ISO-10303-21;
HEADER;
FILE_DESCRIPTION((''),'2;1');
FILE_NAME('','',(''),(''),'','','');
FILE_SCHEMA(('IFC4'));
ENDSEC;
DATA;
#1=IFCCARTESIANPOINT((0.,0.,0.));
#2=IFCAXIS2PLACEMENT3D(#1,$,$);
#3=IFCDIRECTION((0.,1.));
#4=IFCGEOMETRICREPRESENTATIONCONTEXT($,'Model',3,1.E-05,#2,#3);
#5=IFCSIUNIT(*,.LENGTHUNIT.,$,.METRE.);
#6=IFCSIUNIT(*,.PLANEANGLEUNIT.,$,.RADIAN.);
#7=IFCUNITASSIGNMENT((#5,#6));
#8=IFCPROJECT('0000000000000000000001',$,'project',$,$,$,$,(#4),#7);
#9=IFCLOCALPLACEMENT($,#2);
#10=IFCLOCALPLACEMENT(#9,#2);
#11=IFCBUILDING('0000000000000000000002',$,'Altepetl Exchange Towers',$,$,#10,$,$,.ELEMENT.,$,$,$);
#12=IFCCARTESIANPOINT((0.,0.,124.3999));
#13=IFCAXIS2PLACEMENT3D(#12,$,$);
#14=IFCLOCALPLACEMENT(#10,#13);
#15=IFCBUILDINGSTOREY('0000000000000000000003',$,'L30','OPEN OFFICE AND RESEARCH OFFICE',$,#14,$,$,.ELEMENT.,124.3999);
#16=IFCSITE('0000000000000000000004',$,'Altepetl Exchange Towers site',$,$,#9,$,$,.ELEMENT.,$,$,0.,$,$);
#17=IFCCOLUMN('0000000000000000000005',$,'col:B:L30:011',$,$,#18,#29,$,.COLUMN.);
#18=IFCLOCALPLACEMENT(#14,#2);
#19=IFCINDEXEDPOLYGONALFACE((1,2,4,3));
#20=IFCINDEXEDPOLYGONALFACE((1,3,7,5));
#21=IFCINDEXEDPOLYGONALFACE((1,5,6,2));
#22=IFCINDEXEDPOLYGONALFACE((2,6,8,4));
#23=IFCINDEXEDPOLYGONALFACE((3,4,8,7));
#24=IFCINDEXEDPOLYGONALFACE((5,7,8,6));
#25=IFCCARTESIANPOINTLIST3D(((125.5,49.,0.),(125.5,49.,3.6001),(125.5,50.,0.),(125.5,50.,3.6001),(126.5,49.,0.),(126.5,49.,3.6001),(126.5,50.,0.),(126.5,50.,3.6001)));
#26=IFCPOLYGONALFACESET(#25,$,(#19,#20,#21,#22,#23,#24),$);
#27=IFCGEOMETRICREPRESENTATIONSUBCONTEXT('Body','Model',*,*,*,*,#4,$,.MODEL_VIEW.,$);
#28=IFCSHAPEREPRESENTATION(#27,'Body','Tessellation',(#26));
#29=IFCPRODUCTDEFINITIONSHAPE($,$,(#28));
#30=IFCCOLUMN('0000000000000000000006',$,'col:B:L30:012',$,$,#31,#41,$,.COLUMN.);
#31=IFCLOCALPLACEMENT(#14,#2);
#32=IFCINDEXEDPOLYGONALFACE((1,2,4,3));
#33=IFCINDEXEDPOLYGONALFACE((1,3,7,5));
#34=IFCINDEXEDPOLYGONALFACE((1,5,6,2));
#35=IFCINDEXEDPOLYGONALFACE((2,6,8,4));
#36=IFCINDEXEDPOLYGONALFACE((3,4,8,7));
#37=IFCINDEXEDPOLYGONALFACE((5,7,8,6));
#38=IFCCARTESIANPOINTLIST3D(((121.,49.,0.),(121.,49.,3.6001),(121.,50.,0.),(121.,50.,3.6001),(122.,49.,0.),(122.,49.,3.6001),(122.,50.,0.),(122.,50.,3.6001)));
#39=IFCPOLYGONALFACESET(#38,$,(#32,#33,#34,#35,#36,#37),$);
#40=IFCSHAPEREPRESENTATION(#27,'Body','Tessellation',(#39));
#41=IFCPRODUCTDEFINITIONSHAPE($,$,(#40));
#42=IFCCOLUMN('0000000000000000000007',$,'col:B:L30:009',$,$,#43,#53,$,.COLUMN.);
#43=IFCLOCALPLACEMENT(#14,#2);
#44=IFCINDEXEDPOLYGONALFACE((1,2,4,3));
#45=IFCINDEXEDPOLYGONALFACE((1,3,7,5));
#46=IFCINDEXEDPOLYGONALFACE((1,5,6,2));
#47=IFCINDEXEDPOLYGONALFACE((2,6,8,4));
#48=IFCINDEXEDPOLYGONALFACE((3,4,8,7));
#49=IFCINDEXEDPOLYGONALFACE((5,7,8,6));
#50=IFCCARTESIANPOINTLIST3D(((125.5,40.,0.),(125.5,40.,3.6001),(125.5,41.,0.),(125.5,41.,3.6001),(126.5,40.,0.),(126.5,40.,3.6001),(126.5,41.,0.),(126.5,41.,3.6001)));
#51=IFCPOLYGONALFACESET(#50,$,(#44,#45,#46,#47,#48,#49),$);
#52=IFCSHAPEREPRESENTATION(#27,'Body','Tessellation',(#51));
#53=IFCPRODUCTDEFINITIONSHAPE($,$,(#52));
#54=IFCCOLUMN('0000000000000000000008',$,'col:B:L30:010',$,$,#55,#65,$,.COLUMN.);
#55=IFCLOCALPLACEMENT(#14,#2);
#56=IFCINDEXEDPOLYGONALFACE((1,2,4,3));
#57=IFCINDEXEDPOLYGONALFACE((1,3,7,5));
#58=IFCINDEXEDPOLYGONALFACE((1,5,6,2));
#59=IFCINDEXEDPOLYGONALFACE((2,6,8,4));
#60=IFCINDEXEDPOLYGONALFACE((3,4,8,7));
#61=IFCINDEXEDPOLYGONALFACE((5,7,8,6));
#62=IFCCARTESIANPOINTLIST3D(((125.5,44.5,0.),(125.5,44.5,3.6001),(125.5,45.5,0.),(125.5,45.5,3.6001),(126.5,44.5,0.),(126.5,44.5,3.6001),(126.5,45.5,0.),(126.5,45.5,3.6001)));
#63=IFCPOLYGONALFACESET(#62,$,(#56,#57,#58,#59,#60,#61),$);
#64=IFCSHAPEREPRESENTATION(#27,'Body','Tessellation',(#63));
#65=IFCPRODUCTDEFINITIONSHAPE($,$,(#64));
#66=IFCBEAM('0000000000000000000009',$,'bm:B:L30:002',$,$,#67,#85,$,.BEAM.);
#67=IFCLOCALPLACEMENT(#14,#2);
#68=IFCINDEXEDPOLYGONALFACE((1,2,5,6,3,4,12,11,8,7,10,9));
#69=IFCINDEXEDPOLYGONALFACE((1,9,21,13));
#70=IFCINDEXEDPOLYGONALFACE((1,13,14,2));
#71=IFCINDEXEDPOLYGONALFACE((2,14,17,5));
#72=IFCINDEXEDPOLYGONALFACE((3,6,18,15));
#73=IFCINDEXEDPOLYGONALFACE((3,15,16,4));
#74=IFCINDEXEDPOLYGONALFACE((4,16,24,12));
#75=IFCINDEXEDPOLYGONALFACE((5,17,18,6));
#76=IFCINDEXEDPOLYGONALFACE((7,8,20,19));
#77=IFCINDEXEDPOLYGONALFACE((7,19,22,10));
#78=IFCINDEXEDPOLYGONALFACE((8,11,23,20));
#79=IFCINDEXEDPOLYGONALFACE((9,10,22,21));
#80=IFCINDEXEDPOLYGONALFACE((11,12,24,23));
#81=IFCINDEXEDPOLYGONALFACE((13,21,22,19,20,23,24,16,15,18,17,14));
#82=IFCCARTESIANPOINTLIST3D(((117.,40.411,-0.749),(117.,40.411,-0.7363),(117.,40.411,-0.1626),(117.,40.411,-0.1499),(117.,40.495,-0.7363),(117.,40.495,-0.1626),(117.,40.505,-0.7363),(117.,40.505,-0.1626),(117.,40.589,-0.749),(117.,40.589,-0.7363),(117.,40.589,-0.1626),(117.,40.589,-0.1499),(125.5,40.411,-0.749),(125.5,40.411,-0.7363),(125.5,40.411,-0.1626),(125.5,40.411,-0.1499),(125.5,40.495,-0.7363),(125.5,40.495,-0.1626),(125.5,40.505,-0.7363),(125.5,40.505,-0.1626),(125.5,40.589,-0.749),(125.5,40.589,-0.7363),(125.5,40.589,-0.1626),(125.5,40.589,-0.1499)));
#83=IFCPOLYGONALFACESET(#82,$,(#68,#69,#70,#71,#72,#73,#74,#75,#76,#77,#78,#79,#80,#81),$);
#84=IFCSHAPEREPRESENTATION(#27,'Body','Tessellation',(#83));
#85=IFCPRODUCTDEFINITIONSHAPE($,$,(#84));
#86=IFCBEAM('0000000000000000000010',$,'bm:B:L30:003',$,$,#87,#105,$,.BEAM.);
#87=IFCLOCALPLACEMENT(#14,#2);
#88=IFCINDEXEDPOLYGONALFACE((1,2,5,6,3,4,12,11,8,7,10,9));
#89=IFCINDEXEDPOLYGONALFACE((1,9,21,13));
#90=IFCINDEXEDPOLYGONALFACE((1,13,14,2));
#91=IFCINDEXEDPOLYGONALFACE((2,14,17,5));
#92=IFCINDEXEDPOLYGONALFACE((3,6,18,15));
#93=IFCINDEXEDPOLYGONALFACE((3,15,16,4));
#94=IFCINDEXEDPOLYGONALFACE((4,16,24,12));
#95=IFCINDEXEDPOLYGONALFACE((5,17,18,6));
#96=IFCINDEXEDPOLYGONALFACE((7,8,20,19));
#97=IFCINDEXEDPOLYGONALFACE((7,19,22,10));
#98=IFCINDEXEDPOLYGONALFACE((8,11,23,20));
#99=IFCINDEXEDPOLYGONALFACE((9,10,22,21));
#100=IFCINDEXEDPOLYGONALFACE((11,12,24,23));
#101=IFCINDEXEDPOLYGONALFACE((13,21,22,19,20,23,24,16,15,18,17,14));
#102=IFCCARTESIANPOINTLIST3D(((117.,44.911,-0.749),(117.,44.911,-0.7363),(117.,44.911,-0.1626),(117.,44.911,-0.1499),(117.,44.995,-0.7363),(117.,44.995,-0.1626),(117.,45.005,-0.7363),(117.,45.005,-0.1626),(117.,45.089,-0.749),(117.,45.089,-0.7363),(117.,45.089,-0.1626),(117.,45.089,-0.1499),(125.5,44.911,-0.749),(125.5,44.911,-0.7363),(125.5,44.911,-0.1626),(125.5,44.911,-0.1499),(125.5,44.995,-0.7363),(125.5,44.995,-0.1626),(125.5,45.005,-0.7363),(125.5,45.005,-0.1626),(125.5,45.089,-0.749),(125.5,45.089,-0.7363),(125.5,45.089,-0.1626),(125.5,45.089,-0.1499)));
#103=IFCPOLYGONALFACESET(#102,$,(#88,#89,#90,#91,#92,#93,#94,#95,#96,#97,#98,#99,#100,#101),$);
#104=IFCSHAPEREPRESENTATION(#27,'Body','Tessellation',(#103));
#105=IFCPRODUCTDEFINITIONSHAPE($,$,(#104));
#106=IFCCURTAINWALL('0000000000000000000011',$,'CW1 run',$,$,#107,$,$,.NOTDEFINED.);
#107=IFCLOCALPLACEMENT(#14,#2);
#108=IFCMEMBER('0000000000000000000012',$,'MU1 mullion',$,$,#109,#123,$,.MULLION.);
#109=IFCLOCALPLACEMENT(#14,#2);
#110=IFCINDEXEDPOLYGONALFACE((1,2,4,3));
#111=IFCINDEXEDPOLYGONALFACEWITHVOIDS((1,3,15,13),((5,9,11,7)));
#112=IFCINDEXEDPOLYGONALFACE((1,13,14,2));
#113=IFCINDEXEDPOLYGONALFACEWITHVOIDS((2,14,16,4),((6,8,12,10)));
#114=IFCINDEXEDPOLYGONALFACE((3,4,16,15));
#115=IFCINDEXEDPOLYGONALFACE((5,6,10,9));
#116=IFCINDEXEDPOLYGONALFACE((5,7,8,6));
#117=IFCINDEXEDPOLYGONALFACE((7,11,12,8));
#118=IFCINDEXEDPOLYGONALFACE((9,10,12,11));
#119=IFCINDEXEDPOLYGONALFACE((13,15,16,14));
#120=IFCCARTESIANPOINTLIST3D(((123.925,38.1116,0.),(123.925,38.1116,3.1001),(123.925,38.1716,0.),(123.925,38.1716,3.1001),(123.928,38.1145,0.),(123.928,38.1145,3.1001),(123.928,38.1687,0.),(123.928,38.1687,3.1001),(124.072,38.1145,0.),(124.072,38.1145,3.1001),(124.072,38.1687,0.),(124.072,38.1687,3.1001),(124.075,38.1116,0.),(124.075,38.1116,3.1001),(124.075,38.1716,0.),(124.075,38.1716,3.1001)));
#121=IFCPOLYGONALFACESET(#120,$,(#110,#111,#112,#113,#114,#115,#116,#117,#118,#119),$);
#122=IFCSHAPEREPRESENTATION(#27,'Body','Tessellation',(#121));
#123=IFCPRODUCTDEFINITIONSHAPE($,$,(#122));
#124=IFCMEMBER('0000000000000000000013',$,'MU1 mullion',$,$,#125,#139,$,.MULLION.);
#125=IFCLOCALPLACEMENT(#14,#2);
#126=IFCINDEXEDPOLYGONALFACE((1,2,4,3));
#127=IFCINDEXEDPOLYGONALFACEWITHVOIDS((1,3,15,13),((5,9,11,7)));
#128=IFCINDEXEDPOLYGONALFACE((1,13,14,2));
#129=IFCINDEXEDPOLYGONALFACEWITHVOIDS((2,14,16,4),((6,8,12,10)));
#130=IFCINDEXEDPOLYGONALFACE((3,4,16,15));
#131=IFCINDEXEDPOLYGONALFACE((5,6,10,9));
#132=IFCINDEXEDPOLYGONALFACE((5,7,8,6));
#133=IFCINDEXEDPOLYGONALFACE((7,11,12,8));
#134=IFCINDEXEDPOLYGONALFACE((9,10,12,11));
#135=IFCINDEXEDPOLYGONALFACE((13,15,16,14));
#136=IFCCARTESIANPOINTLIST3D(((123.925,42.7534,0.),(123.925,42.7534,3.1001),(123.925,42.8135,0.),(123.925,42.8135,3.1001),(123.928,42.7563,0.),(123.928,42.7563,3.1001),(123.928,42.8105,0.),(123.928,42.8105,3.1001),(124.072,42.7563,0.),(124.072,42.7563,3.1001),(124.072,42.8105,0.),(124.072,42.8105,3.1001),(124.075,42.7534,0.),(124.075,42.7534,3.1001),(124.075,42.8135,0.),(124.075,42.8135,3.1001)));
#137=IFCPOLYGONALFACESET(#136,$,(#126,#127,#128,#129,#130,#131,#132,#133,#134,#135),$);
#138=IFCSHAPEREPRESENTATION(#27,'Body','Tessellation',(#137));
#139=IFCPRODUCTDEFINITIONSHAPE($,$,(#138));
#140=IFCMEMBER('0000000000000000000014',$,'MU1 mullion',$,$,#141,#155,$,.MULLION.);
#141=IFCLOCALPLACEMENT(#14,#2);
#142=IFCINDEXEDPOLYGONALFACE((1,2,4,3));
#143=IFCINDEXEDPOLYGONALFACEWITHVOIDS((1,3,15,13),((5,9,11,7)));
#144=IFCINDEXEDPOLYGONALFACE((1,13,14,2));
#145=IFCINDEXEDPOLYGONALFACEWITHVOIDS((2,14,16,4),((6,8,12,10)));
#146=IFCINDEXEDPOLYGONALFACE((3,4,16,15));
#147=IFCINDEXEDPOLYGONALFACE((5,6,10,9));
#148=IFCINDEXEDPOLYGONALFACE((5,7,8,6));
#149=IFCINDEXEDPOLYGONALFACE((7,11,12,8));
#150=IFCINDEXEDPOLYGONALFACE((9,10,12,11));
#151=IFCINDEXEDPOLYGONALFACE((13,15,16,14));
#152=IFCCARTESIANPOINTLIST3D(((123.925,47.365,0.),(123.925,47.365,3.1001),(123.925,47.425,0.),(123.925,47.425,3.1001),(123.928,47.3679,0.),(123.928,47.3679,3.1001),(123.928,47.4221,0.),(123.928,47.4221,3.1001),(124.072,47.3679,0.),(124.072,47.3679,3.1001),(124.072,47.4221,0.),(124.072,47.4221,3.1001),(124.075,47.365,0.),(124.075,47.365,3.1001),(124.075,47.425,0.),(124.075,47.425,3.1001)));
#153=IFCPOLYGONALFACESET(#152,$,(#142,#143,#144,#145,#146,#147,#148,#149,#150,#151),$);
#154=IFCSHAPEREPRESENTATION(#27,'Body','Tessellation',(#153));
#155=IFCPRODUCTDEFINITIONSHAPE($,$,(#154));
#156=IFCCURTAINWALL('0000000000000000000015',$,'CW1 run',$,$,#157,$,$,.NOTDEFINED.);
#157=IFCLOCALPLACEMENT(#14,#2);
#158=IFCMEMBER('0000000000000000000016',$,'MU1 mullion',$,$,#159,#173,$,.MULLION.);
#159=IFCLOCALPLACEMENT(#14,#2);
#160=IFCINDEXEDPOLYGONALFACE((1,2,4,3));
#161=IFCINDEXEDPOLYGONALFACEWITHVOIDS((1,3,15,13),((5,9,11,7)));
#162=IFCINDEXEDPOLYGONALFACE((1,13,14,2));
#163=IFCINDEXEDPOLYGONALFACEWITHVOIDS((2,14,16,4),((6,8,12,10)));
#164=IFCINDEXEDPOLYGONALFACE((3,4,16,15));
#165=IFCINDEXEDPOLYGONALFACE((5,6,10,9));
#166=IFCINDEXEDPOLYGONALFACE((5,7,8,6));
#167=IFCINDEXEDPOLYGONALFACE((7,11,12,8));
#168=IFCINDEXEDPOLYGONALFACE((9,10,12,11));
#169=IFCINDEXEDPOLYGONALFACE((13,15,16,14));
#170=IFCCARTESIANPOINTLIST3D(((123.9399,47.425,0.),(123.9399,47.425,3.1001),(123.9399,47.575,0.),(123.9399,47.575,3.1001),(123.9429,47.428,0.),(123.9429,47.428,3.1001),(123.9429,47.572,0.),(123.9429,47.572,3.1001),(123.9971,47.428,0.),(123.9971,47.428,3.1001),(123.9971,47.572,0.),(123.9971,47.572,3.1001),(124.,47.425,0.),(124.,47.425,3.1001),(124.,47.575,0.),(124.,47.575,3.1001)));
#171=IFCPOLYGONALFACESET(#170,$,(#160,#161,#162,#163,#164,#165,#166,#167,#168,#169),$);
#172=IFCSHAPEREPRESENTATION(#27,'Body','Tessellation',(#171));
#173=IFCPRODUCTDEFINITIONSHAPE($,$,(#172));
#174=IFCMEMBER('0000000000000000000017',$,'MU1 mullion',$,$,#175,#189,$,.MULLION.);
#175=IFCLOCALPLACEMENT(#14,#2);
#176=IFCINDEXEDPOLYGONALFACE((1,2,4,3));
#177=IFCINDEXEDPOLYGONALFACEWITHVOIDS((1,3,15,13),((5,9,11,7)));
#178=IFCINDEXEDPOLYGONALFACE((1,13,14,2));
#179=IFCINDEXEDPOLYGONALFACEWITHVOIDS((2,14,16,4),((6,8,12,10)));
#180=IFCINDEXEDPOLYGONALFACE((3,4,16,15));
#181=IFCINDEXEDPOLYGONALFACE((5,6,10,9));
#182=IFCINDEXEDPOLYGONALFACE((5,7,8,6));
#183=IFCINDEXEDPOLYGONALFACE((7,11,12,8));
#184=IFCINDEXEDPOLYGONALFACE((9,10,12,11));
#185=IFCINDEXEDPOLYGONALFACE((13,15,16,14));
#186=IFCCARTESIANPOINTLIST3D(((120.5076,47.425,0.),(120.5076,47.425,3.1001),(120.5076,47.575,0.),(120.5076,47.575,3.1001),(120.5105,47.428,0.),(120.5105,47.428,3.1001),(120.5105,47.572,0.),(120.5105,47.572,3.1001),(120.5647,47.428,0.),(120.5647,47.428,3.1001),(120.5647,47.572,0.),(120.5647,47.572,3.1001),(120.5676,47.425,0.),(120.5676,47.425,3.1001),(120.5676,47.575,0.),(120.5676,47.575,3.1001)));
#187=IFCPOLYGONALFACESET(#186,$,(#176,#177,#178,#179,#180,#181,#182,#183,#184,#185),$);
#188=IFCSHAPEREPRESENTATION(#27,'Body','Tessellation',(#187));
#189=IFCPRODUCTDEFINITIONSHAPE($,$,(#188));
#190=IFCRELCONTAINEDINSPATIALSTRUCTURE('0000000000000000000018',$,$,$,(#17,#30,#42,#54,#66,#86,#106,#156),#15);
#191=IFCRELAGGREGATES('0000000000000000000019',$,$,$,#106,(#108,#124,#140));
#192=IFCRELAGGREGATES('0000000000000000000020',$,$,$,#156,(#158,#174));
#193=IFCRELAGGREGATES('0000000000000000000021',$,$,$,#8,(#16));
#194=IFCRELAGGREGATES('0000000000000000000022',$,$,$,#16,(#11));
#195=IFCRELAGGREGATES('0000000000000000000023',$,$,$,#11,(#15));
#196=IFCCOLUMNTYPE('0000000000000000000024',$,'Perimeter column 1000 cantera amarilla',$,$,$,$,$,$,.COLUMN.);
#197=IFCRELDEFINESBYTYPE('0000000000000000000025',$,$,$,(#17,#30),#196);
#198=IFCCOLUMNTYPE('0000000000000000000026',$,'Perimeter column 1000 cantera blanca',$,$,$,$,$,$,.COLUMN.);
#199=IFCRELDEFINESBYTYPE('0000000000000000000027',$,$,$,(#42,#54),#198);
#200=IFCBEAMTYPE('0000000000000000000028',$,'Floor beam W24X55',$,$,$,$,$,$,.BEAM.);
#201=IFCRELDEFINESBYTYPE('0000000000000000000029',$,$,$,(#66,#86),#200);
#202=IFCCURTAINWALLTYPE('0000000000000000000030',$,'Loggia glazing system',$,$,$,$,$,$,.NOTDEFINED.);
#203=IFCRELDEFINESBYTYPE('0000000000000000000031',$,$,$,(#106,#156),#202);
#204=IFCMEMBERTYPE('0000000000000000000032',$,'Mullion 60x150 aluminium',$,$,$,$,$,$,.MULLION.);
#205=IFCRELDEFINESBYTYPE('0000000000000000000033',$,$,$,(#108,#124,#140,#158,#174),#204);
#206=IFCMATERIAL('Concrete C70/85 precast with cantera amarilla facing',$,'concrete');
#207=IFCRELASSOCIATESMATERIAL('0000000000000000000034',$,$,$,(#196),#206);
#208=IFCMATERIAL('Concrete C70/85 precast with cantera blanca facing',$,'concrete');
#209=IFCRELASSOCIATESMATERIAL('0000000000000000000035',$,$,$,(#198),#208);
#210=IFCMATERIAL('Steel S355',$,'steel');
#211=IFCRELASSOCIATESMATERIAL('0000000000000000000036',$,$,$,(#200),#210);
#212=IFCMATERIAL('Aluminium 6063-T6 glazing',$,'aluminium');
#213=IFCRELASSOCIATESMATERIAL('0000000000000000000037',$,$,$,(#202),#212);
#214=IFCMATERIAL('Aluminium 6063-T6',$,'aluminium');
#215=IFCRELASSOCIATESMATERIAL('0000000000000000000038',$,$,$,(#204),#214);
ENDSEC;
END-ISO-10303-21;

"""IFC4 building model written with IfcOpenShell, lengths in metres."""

from ifc_helpers import new_model, si_unit, direction, frame, origin, origin_2d, place, context, subcontext, project, spatial, rectangle, hollow_rectangle, i_section, extrude, material, material_profile, profile_set, type_object, element, aggregate, save


model = new_model("IFC4")

# Units and contexts
model_context = context("Model", 3, precision=1e-05, world=origin(), true_north=direction((0.0, 1.0)))
body_context = subcontext(model_context, "Body", "Model", "MODEL_VIEW")
ifc_project = project(units=[si_unit("LENGTHUNIT", "METRE"), si_unit("PLANEANGLEUNIT", "RADIAN")], contexts=[model_context])

# Site, building, storey
site_placement = place(None, origin())
site = spatial("IfcSite", under=ifc_project, at=site_placement, Name="Altepetl Exchange Towers site", CompositionType="ELEMENT", RefElevation=0.0)
building_placement = place(site_placement, origin())
building = spatial("IfcBuilding", under=site, at=building_placement, Name="Altepetl Exchange Towers", CompositionType="ELEMENT")
storey_placement = place(building_placement, frame((0.0, 0.0, 124.3999)))
storey = spatial("IfcBuildingStorey", under=building, at=storey_placement, Name="L30", Description="OPEN OFFICE AND RESEARCH OFFICE", CompositionType="ELEMENT", Elevation=124.3999)

# Columns
ifc_material_1 = material(Name="Concrete C70/85 precast with cantera amarilla facing", Category="concrete")
ifc_material_profile_1 = material_profile(ifc_material_1, rectangle(XDim=1.0, YDim=1.0, at=origin_2d()), Name="1000 x 1000")
ifc_profile_set_1 = profile_set([ifc_material_profile_1], Name="Concrete C70/85 precast with cantera amarilla facing")
column_type_1 = type_object("IfcColumnType", Name="Perimeter column 1000 cantera amarilla", PredefinedType="COLUMN", material=ifc_profile_set_1)
for number, where, name in (
    (1, (126.0, 49.5, 0.0), "col:B:L30:011"),
    (2, (121.5, 49.5, 0.0), "col:B:L30:012"),
):
    element("IfcColumn", number, at=place(storey_placement, frame(where)), inside=storey, type_object=column_type_1, Name=name, PredefinedType="COLUMN", context=body_context, shape_type="SweptSolid", body=[
        extrude(rectangle(XDim=1.0, YDim=1.0, at=origin_2d()), origin(), (0.0, 0.0, 1.0), 3.6001),
    ])
ifc_material_2 = material(Name="Concrete C70/85 precast with cantera blanca facing", Category="concrete")
ifc_material_profile_2 = material_profile(ifc_material_2, rectangle(XDim=1.0, YDim=1.0, at=origin_2d()), Name="1000 x 1000")
ifc_profile_set_2 = profile_set([ifc_material_profile_2], Name="Concrete C70/85 precast with cantera blanca facing")
column_type_2 = type_object("IfcColumnType", Name="Perimeter column 1000 cantera blanca", PredefinedType="COLUMN", material=ifc_profile_set_2)
for number, where, name in (
    (3, (126.0, 40.5, 0.0), "col:B:L30:009"),
    (4, (126.0, 45.0, 0.0), "col:B:L30:010"),
):
    element("IfcColumn", number, at=place(storey_placement, frame(where)), inside=storey, type_object=column_type_2, Name=name, PredefinedType="COLUMN", context=body_context, shape_type="SweptSolid", body=[
        extrude(rectangle(XDim=1.0, YDim=1.0, at=origin_2d()), origin(), (0.0, 0.0, 1.0), 3.6001),
    ])

# Beams
ifc_material_3 = material(Name="Steel S355", Category="steel")
ifc_material_profile_3 = material_profile(ifc_material_3, i_section(OverallWidth=0.178, OverallDepth=0.5991, WebThickness=0.01, FlangeThickness=0.0127, at=origin_2d()), Name="W24X55")
ifc_profile_set_3 = profile_set([ifc_material_profile_3], Name="Steel S355")
beam_type_1 = type_object("IfcBeamType", Name="Floor beam W24X55", PredefinedType="BEAM", material=ifc_profile_set_3)
for number, where, z_axis, x_axis, name in (
    (5, (117.0, 40.5, -0.4495), (1.0, 0.0, 0.0), (0.0, 1.0, 0.0), "bm:B:L30:002"),
    (6, (117.0, 45.0, -0.4495), (1.0, 0.0, 0.0), (0.0, 1.0, 0.0), "bm:B:L30:003"),
):
    element("IfcBeam", number, at=place(storey_placement, frame(where, z_axis=z_axis, x_axis=x_axis)), inside=storey, type_object=beam_type_1, Name=name, PredefinedType="BEAM", context=body_context, shape_type="SweptSolid", body=[
        extrude(i_section(OverallWidth=0.178, OverallDepth=0.5991, WebThickness=0.01, FlangeThickness=0.0127, at=origin_2d()), origin(), (0.0, 0.0, 1.0), 8.5),
    ])

# Curtain walls, members
ifc_material_4 = material(Name="Aluminium 6063-T6 glazing", Category="aluminium")
curtain_wall_type = type_object("IfcCurtainWallType", Name="Loggia glazing system", PredefinedType="NOTDEFINED", material=ifc_material_4)
curtain_wall_1_placement = place(storey_placement, origin())
curtain_wall_1 = element("IfcCurtainWall", 7, at=curtain_wall_1_placement, inside=storey, type_object=curtain_wall_type, Name="CW1 run", PredefinedType="NOTDEFINED")
ifc_material_5 = material(Name="Aluminium 6063-T6", Category="aluminium")
ifc_material_profile_4 = material_profile(ifc_material_5, hollow_rectangle(XDim=0.0601, YDim=0.1499, WallThickness=0.0029, at=origin_2d()), Name="Mullion 60x150 aluminium")
ifc_profile_set_4 = profile_set([ifc_material_profile_4], Name="Aluminium 6063-T6")
member_type = type_object("IfcMemberType", Name="Mullion 60x150 aluminium", PredefinedType="MULLION", material=ifc_profile_set_4)
member_1_placement = place(storey_placement, frame((124.0, 38.1416, 0.0), z_axis=(0.0, 0.0, 1.0), x_axis=(0.0, 1.0, 0.0)))
member_1 = element("IfcMember", 8, at=member_1_placement, type_object=member_type, Name="MU1 mullion", PredefinedType="MULLION", context=body_context, shape_type="SweptSolid", body=[
    extrude(hollow_rectangle(XDim=0.0601, YDim=0.1499, WallThickness=0.0029, at=origin_2d()), origin(), (0.0, 0.0, 1.0), 3.1001),
])
member_2_placement = place(storey_placement, frame((124.0, 42.7834, 0.0), z_axis=(0.0, 0.0, 1.0), x_axis=(0.0, 1.0, 0.0)))
member_2 = element("IfcMember", 9, at=member_2_placement, type_object=member_type, Name="MU1 mullion", PredefinedType="MULLION", context=body_context, shape_type="SweptSolid", body=[
    extrude(hollow_rectangle(XDim=0.0601, YDim=0.1499, WallThickness=0.0029, at=origin_2d()), origin(), (0.0, 0.0, 1.0), 3.1001),
])
member_3_placement = place(storey_placement, frame((124.0, 47.395, 0.0), z_axis=(0.0, 0.0, 1.0), x_axis=(0.0, 1.0, 0.0)))
member_3 = element("IfcMember", 10, at=member_3_placement, type_object=member_type, Name="MU1 mullion", PredefinedType="MULLION", context=body_context, shape_type="SweptSolid", body=[
    extrude(hollow_rectangle(XDim=0.0601, YDim=0.1499, WallThickness=0.0029, at=origin_2d()), origin(), (0.0, 0.0, 1.0), 3.1001),
])
curtain_wall_2_placement = place(storey_placement, origin())
curtain_wall_2 = element("IfcCurtainWall", 11, at=curtain_wall_2_placement, inside=storey, type_object=curtain_wall_type, Name="CW1 run", PredefinedType="NOTDEFINED")
member_4_placement = place(storey_placement, frame((123.97, 47.5, 0.0), z_axis=(0.0, 0.0, 1.0), x_axis=(-1.0, 0.0, 0.0)))
member_4 = element("IfcMember", 12, at=member_4_placement, type_object=member_type, Name="MU1 mullion", PredefinedType="MULLION", context=body_context, shape_type="SweptSolid", body=[
    extrude(hollow_rectangle(XDim=0.0601, YDim=0.1499, WallThickness=0.0029, at=origin_2d()), origin(), (0.0, 0.0, 1.0), 3.1001),
])
member_5_placement = place(storey_placement, frame((120.5376, 47.5, 0.0), z_axis=(0.0, 0.0, 1.0), x_axis=(-1.0, 0.0, 0.0)))
member_5 = element("IfcMember", 13, at=member_5_placement, type_object=member_type, Name="MU1 mullion", PredefinedType="MULLION", context=body_context, shape_type="SweptSolid", body=[
    extrude(hollow_rectangle(XDim=0.0601, YDim=0.1499, WallThickness=0.0029, at=origin_2d()), origin(), (0.0, 0.0, 1.0), 3.1001),
])

aggregate(curtain_wall_1, [member_1, member_2, member_3])
aggregate(curtain_wall_2, [member_4, member_5])

save(model, "model.ifc")
